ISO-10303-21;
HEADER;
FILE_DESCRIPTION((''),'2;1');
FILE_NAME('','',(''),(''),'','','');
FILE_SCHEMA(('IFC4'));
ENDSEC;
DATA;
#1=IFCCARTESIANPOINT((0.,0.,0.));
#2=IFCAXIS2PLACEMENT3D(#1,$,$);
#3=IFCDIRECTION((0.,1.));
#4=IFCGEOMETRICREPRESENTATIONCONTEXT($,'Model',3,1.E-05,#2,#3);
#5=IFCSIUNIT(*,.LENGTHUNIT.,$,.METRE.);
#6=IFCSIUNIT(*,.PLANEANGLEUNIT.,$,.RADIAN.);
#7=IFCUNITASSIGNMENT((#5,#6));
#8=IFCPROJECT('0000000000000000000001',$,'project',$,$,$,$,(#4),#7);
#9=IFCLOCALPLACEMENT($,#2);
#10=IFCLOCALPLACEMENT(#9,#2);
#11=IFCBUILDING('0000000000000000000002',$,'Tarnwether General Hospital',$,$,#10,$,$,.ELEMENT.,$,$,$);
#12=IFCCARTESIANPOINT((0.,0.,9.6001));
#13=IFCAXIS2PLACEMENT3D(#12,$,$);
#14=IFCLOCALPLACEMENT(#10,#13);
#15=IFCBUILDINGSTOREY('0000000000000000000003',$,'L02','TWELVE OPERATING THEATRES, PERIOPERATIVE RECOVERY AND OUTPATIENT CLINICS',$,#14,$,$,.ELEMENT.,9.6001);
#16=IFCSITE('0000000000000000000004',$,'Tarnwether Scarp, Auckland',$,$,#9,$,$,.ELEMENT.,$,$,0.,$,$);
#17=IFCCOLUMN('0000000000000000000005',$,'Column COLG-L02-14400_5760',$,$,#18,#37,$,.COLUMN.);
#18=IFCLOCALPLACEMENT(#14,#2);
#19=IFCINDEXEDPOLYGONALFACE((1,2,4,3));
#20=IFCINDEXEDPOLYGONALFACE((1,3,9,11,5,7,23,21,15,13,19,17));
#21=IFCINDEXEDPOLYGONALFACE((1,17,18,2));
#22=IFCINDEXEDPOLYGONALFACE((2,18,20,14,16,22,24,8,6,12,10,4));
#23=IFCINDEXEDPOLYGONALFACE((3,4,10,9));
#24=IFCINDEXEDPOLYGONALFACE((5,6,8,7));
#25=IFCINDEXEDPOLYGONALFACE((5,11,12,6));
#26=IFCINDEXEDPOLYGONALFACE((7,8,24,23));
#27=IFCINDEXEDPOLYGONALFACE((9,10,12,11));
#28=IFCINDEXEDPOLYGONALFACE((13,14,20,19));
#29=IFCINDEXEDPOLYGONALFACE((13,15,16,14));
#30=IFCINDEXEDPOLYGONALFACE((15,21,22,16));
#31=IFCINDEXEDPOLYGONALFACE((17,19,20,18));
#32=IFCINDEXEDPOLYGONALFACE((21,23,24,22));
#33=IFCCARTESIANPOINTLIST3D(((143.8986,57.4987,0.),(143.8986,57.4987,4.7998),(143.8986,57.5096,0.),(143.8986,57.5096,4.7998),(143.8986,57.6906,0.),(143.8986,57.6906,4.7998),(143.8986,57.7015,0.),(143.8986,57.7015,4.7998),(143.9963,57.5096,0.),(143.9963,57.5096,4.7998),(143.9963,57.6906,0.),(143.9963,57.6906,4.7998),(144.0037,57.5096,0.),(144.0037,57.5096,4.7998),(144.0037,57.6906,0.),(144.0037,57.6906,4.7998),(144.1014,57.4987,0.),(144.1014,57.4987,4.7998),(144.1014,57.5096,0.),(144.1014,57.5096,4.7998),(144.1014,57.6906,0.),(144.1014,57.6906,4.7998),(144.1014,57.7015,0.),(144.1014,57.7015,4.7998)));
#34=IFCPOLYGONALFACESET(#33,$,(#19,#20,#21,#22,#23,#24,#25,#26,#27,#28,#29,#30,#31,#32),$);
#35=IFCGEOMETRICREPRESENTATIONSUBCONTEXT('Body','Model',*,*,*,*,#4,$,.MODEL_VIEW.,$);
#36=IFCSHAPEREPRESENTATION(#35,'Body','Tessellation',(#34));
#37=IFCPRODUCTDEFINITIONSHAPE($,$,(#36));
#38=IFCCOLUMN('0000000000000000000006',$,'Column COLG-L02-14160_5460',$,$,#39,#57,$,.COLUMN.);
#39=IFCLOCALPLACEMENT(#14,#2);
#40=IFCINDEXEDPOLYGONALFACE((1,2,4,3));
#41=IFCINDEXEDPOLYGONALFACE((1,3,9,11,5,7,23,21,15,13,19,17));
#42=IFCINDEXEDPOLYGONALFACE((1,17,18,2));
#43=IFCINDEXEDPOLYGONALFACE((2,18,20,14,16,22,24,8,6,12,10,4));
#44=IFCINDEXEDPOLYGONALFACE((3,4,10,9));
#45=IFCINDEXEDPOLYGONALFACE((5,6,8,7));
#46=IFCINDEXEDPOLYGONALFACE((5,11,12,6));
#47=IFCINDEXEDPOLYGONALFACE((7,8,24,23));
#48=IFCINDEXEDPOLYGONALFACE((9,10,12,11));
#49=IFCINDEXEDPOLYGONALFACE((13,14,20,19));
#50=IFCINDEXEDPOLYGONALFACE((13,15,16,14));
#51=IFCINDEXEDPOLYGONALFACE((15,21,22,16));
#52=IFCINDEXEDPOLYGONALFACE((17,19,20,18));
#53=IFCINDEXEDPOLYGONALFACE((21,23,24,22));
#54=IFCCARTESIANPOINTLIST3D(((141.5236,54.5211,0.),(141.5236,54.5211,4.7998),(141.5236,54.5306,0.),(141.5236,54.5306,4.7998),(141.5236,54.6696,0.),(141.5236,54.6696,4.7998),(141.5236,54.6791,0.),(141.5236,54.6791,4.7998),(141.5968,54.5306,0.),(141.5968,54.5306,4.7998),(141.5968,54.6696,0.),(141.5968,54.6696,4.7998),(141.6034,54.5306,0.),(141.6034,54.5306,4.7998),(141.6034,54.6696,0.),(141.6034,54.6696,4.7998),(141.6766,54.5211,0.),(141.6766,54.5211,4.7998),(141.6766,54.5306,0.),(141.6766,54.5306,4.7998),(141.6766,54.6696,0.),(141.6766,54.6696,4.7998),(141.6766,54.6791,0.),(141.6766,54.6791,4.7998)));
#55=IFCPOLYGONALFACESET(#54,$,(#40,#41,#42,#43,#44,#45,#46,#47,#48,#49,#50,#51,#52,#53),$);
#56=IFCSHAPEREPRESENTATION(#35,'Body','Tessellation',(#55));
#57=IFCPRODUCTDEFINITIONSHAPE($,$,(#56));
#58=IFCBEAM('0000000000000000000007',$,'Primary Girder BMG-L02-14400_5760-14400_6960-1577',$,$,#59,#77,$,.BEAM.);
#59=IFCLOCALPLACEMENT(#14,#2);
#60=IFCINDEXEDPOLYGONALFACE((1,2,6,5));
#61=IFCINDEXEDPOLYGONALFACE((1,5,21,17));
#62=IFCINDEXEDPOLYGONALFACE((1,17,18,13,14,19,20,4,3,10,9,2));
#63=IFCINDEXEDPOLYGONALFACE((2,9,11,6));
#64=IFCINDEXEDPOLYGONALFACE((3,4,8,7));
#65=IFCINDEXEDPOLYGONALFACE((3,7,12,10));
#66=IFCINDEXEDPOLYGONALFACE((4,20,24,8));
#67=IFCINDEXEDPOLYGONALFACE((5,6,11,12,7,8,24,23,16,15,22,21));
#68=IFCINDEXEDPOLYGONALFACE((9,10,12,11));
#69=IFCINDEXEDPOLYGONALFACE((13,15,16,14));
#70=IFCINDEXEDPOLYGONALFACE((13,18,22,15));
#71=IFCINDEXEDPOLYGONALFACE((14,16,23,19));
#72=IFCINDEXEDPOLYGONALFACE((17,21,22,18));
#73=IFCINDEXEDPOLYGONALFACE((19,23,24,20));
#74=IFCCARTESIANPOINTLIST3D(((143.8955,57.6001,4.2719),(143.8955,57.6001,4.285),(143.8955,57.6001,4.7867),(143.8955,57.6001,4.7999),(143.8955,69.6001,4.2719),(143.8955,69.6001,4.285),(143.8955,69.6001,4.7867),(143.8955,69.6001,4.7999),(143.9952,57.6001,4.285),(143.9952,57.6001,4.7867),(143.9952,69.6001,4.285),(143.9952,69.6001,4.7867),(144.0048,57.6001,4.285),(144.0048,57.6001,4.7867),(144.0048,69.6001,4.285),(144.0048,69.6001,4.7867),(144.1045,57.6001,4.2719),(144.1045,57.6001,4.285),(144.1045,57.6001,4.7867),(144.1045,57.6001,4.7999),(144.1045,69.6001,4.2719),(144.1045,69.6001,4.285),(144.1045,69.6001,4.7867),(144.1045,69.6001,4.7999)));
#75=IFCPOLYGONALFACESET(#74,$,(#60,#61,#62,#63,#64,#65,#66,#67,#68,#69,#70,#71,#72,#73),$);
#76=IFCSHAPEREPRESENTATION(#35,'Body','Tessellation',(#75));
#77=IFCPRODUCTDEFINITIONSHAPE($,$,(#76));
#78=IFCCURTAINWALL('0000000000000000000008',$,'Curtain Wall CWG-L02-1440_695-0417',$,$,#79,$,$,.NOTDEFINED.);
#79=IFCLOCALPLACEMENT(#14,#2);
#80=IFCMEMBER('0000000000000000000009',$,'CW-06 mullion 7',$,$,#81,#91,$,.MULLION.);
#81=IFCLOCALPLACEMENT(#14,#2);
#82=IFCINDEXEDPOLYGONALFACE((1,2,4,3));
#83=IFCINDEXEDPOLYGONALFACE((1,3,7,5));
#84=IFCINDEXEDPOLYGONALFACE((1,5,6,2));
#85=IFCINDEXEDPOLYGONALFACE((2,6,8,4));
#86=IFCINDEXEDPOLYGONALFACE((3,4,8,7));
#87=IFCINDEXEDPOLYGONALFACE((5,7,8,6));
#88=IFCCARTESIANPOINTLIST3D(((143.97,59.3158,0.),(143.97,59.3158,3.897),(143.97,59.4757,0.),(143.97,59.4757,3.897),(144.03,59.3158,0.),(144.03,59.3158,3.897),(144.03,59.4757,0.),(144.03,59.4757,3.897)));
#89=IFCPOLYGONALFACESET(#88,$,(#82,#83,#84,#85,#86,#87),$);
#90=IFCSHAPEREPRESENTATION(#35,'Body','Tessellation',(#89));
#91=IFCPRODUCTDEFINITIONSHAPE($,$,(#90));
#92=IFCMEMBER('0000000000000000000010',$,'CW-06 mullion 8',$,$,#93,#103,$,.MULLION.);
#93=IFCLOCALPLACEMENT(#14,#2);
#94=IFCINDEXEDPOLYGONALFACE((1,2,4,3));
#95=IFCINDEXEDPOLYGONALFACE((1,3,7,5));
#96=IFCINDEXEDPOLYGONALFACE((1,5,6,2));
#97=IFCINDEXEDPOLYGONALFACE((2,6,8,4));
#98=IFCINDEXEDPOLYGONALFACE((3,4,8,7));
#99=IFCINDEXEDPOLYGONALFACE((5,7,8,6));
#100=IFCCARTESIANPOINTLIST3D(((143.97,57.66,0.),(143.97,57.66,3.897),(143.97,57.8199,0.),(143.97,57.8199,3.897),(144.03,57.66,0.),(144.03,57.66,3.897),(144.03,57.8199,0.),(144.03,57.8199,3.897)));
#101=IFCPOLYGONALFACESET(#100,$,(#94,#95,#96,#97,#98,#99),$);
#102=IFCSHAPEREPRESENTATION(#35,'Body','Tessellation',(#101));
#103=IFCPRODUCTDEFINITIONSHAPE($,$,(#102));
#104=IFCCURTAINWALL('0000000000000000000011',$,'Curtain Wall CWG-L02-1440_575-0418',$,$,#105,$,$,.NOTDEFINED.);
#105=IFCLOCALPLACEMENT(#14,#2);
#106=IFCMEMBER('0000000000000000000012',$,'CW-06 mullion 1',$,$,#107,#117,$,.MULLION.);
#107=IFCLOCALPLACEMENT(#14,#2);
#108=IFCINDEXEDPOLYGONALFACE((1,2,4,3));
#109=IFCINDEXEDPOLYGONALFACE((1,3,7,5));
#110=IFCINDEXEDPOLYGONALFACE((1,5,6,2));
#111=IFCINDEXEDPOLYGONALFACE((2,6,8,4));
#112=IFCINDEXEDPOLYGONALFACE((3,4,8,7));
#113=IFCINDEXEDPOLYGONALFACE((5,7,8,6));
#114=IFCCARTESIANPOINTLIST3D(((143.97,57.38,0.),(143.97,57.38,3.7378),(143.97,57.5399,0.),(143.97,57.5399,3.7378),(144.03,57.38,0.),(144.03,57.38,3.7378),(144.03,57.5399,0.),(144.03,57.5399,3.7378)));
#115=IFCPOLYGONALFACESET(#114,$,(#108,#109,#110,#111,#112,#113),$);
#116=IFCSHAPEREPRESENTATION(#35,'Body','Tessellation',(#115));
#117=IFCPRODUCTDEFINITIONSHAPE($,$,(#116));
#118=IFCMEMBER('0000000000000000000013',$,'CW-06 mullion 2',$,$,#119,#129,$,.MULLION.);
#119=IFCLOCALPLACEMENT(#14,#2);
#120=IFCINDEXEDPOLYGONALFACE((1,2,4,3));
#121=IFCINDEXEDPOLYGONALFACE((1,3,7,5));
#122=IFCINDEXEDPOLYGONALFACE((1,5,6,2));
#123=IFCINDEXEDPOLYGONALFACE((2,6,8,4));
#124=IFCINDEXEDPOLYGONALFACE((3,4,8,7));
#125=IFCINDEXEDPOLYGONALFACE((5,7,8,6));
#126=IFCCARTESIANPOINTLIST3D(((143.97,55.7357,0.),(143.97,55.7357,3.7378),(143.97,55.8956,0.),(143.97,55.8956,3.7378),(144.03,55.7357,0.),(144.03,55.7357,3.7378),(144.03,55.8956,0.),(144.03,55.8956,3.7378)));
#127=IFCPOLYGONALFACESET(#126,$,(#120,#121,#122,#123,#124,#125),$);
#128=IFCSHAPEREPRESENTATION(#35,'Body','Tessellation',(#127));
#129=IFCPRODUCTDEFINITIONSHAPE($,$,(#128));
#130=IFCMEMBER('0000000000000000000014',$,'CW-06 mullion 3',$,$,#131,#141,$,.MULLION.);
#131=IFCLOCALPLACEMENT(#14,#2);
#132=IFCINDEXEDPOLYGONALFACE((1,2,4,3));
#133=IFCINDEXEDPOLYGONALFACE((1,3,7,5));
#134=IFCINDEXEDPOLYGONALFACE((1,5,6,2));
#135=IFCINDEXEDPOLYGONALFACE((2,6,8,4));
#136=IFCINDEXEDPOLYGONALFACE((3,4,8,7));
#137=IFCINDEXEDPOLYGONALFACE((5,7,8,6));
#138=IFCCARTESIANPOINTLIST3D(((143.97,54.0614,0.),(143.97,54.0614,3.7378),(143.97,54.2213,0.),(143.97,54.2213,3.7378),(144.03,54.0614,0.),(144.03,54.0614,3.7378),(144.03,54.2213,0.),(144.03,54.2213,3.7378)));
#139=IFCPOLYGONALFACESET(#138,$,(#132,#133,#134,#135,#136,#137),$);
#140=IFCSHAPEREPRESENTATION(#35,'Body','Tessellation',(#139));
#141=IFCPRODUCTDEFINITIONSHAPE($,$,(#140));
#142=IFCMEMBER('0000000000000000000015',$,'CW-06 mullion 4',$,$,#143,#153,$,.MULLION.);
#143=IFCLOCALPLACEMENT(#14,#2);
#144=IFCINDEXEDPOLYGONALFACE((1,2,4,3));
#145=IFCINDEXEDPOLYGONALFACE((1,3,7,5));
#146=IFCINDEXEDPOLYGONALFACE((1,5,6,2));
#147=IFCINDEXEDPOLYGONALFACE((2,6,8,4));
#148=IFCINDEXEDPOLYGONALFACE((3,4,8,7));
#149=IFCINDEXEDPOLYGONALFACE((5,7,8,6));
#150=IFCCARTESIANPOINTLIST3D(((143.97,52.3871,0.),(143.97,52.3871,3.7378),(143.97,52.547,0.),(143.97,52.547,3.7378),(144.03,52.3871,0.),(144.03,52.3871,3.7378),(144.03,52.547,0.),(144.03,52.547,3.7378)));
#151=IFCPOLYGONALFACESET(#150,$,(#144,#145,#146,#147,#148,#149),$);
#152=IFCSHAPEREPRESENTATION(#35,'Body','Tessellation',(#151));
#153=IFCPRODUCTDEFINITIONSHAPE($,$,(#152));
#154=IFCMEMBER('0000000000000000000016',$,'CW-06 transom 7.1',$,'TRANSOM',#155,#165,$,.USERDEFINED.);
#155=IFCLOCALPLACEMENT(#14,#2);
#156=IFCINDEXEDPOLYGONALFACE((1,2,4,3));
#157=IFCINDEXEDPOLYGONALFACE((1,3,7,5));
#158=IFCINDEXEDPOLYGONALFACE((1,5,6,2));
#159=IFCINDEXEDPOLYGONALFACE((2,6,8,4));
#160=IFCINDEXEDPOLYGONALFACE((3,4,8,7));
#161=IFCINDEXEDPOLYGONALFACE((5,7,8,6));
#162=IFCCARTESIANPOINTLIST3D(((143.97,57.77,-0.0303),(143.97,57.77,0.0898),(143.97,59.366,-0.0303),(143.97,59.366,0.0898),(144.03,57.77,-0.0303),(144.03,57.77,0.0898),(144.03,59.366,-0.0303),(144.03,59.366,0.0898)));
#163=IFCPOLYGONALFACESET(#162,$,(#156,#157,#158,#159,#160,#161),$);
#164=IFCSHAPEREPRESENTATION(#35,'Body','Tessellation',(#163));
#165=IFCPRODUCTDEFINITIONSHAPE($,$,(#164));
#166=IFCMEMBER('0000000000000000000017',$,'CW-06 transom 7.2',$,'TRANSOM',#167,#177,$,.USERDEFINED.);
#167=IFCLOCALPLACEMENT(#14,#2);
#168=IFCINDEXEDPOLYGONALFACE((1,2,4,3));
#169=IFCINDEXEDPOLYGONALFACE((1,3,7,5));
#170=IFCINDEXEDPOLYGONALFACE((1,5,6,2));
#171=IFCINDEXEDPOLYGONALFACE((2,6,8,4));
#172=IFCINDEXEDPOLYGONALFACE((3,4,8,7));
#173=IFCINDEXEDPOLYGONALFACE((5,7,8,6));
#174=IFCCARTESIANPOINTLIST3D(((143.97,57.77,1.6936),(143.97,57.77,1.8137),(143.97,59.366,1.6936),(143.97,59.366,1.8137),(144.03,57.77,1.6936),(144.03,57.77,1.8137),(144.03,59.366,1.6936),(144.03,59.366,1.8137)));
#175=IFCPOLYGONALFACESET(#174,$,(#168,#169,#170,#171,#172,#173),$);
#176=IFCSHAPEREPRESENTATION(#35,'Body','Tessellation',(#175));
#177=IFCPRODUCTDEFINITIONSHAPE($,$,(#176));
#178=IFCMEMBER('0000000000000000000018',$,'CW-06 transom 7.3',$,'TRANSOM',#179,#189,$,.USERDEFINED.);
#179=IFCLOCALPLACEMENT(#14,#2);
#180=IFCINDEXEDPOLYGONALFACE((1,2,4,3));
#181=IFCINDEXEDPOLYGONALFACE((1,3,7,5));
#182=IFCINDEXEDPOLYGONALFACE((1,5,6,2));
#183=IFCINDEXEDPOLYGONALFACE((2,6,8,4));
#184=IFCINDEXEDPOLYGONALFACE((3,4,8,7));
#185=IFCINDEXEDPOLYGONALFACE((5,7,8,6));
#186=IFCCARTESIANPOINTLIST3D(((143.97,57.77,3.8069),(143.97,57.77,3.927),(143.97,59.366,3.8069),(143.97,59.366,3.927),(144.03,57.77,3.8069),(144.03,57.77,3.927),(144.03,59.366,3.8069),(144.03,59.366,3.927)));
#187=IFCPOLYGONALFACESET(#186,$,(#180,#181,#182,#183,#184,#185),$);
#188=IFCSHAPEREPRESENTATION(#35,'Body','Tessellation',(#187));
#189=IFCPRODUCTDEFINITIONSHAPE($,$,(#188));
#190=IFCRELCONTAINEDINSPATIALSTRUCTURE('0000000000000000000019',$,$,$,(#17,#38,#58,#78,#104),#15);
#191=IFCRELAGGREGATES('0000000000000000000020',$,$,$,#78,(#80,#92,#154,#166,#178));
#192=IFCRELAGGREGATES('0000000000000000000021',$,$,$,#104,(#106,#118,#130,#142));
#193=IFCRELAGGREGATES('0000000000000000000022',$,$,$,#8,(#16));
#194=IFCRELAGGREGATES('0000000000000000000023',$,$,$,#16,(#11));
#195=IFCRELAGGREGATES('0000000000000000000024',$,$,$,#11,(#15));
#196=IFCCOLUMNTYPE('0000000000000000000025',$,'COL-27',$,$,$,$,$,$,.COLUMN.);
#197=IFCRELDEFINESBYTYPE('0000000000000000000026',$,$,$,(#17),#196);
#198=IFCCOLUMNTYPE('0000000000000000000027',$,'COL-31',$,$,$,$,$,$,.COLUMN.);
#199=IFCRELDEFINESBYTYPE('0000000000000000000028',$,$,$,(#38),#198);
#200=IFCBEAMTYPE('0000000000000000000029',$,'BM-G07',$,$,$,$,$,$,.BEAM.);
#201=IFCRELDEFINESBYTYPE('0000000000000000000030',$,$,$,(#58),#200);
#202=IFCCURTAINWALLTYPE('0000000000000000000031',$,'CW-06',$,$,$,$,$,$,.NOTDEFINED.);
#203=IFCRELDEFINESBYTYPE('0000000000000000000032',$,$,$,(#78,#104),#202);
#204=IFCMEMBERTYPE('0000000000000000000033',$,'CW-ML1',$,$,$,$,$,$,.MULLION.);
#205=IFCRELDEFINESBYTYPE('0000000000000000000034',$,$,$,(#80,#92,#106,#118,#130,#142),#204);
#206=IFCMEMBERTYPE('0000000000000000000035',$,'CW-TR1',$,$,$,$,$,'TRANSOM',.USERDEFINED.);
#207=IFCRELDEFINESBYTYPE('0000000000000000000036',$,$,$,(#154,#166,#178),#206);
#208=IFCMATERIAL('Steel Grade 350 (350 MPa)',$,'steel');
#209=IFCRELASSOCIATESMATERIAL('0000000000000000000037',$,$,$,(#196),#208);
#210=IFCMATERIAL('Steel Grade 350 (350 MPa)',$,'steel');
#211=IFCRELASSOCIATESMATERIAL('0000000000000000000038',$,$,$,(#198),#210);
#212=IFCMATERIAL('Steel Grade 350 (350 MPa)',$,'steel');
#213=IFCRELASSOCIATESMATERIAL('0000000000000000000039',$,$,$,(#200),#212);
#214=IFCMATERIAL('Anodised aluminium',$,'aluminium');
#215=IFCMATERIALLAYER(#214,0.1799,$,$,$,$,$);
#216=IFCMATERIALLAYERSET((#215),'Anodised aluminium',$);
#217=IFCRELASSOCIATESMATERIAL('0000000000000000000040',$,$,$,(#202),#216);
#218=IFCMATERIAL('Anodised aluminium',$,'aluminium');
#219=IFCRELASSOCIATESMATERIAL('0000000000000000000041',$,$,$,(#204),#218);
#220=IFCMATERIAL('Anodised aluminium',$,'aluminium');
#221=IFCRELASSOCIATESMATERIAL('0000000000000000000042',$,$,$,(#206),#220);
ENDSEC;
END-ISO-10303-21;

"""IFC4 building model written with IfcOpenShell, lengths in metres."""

from ifc_helpers import new_model, si_unit, direction, frame, origin, origin_2d, place, context, subcontext, project, spatial, rectangle, i_section, extrude, material, layer, layer_set, material_profile, profile_set, type_object, element, aggregate, save


model = new_model("IFC4")

# Units and contexts
model_context = context("Model", 3, precision=1e-05, world=origin(), true_north=direction((0.0, 1.0)))
body_context = subcontext(model_context, "Body", "Model", "MODEL_VIEW")
ifc_project = project(units=[si_unit("LENGTHUNIT", "METRE"), si_unit("PLANEANGLEUNIT", "RADIAN")], contexts=[model_context])

# Site, building, storey
site_placement = place(None, origin())
site = spatial("IfcSite", under=ifc_project, at=site_placement, Name="Tarnwether Scarp, Auckland", CompositionType="ELEMENT", RefElevation=0.0)
building_placement = place(site_placement, origin())
building = spatial("IfcBuilding", under=site, at=building_placement, Name="Tarnwether General Hospital", CompositionType="ELEMENT")
storey_placement = place(building_placement, frame((0.0, 0.0, 9.6001)))
storey = spatial("IfcBuildingStorey", under=building, at=storey_placement, Name="L02", Description="TWELVE OPERATING THEATRES, PERIOPERATIVE RECOVERY AND OUTPATIENT CLINICS", CompositionType="ELEMENT", Elevation=9.6001)

# Columns
ifc_material_1 = material(Name="Steel Grade 350 (350 MPa)", Category="steel")
ifc_material_profile_1 = material_profile(ifc_material_1, i_section(OverallWidth=0.2029, OverallDepth=0.2029, WebThickness=0.0073, FlangeThickness=0.011, at=origin_2d()), Name="200UC46.2")
ifc_profile_set_1 = profile_set([ifc_material_profile_1], Name="Steel Grade 350 (350 MPa)")
column_type_1 = type_object("IfcColumnType", Name="COL-27", PredefinedType="COLUMN", material=ifc_profile_set_1)
column_1_placement = place(storey_placement, frame((144.0, 57.6001, 0.0), z_axis=(0.0, 0.0, 1.0), x_axis=(1.0, 0.0, 0.0)))
element("IfcColumn", 1, at=column_1_placement, inside=storey, type_object=column_type_1, Name="Column COLG-L02-14400_5760", PredefinedType="COLUMN", context=body_context, shape_type="SweptSolid", body=[
    extrude(i_section(OverallWidth=0.2029, OverallDepth=0.2029, WebThickness=0.0073, FlangeThickness=0.011, at=origin_2d()), origin(), (0.0, 0.0, 1.0), 4.7998),
])
ifc_material_2 = material(Name="Steel Grade 350 (350 MPa)", Category="steel")
ifc_material_profile_2 = material_profile(ifc_material_2, i_section(OverallWidth=0.1531, OverallDepth=0.158, WebThickness=0.0066, FlangeThickness=0.0095, at=origin_2d()), Name="150UC30.0")
ifc_profile_set_2 = profile_set([ifc_material_profile_2], Name="Steel Grade 350 (350 MPa)")
column_type_2 = type_object("IfcColumnType", Name="COL-31", PredefinedType="COLUMN", material=ifc_profile_set_2)
column_2_placement = place(storey_placement, frame((141.6001, 54.6001, 0.0), z_axis=(0.0, 0.0, 1.0), x_axis=(1.0, 0.0, 0.0)))
element("IfcColumn", 2, at=column_2_placement, inside=storey, type_object=column_type_2, Name="Column COLG-L02-14160_5460", PredefinedType="COLUMN", context=body_context, shape_type="SweptSolid", body=[
    extrude(i_section(OverallWidth=0.1531, OverallDepth=0.158, WebThickness=0.0066, FlangeThickness=0.0095, at=origin_2d()), origin(), (0.0, 0.0, 1.0), 4.7998),
])

# Beam
ifc_material_3 = material(Name="Steel Grade 350 (350 MPa)", Category="steel")
ifc_material_profile_3 = material_profile(ifc_material_3, i_section(OverallWidth=0.209, OverallDepth=0.5281, WebThickness=0.0095, FlangeThickness=0.0132, at=origin_2d()), Name="530UB82.0")
ifc_profile_set_3 = profile_set([ifc_material_profile_3], Name="Steel Grade 350 (350 MPa)")
beam_type = type_object("IfcBeamType", Name="BM-G07", PredefinedType="BEAM", material=ifc_profile_set_3)
beam_placement = place(storey_placement, frame((144.0, 57.6001, 4.5359), z_axis=(0.0, 1.0, 0.0), x_axis=(-1.0, 0.0, 0.0)))
element("IfcBeam", 3, at=beam_placement, inside=storey, type_object=beam_type, Name="Primary Girder BMG-L02-14400_5760-14400_6960-1577", PredefinedType="BEAM", context=body_context, shape_type="SweptSolid", body=[
    extrude(i_section(OverallWidth=0.209, OverallDepth=0.5281, WebThickness=0.0095, FlangeThickness=0.0132, at=origin_2d()), origin(), (0.0, 0.0, 1.0), 12.0),
])

# Curtain walls, members
ifc_material_4 = material(Name="Anodised aluminium", Category="aluminium")
ifc_layer_1 = layer(ifc_material_4, 0.1799)
ifc_layer_set_1 = layer_set([ifc_layer_1], Name="Anodised aluminium")
curtain_wall_type = type_object("IfcCurtainWallType", Name="CW-06", PredefinedType="NOTDEFINED", material=ifc_layer_set_1)
curtain_wall_1_placement = place(storey_placement, origin())
curtain_wall_1 = element("IfcCurtainWall", 4, at=curtain_wall_1_placement, inside=storey, type_object=curtain_wall_type, Name="Curtain Wall CWG-L02-1440_695-0417", PredefinedType="NOTDEFINED")
ifc_material_5 = material(Name="Anodised aluminium", Category="aluminium")
ifc_material_profile_4 = material_profile(ifc_material_5, rectangle(XDim=0.0601, YDim=0.1599, at=origin_2d()), Name="ALU-MUL-60x160")
ifc_profile_set_4 = profile_set([ifc_material_profile_4], Name="Anodised aluminium")
member_type_1 = type_object("IfcMemberType", Name="CW-ML1", PredefinedType="MULLION", material=ifc_profile_set_4)
member_1_placement = place(storey_placement, frame((144.0, 59.3958, 0.0), z_axis=(0.0, 0.0, 1.0), x_axis=(1.0, 0.0, 0.0)))
member_1 = element("IfcMember", 5, at=member_1_placement, type_object=member_type_1, Name="CW-06 mullion 7", PredefinedType="MULLION", context=body_context, shape_type="SweptSolid", body=[
    extrude(rectangle(XDim=0.0601, YDim=0.1599, at=origin_2d()), origin(), (0.0, 0.0, 1.0), 3.897),
])
member_2_placement = place(storey_placement, frame((144.0, 57.74, 0.0), z_axis=(0.0, 0.0, 1.0), x_axis=(1.0, 0.0, 0.0)))
member_2 = element("IfcMember", 6, at=member_2_placement, type_object=member_type_1, Name="CW-06 mullion 8", PredefinedType="MULLION", context=body_context, shape_type="SweptSolid", body=[
    extrude(rectangle(XDim=0.0601, YDim=0.1599, at=origin_2d()), origin(), (0.0, 0.0, 1.0), 3.897),
])
curtain_wall_2_placement = place(storey_placement, origin())
curtain_wall_2 = element("IfcCurtainWall", 7, at=curtain_wall_2_placement, inside=storey, type_object=curtain_wall_type, Name="Curtain Wall CWG-L02-1440_575-0418", PredefinedType="NOTDEFINED")
member_3_placement = place(storey_placement, frame((144.0, 57.46, 0.0), z_axis=(0.0, 0.0, 1.0), x_axis=(1.0, 0.0, 0.0)))
member_3 = element("IfcMember", 8, at=member_3_placement, type_object=member_type_1, Name="CW-06 mullion 1", PredefinedType="MULLION", context=body_context, shape_type="SweptSolid", body=[
    extrude(rectangle(XDim=0.0601, YDim=0.1599, at=origin_2d()), origin(), (0.0, 0.0, 1.0), 3.7378),
])
member_4_placement = place(storey_placement, frame((144.0, 55.8157, 0.0), z_axis=(0.0, 0.0, 1.0), x_axis=(1.0, 0.0, 0.0)))
member_4 = element("IfcMember", 9, at=member_4_placement, type_object=member_type_1, Name="CW-06 mullion 2", PredefinedType="MULLION", context=body_context, shape_type="SweptSolid", body=[
    extrude(rectangle(XDim=0.0601, YDim=0.1599, at=origin_2d()), origin(), (0.0, 0.0, 1.0), 3.7378),
])
member_5_placement = place(storey_placement, frame((144.0, 54.1414, 0.0), z_axis=(0.0, 0.0, 1.0), x_axis=(1.0, 0.0, 0.0)))
member_5 = element("IfcMember", 10, at=member_5_placement, type_object=member_type_1, Name="CW-06 mullion 3", PredefinedType="MULLION", context=body_context, shape_type="SweptSolid", body=[
    extrude(rectangle(XDim=0.0601, YDim=0.1599, at=origin_2d()), origin(), (0.0, 0.0, 1.0), 3.7378),
])
member_6_placement = place(storey_placement, frame((144.0, 52.467, 0.0), z_axis=(0.0, 0.0, 1.0), x_axis=(1.0, 0.0, 0.0)))
member_6 = element("IfcMember", 11, at=member_6_placement, type_object=member_type_1, Name="CW-06 mullion 4", PredefinedType="MULLION", context=body_context, shape_type="SweptSolid", body=[
    extrude(rectangle(XDim=0.0601, YDim=0.1599, at=origin_2d()), origin(), (0.0, 0.0, 1.0), 3.7378),
])

# Members
ifc_material_6 = material(Name="Anodised aluminium", Category="aluminium")
ifc_material_profile_5 = material_profile(ifc_material_6, rectangle(XDim=0.0601, YDim=0.1201, at=origin_2d()), Name="ALU-TRN-60x120")
ifc_profile_set_5 = profile_set([ifc_material_profile_5], Name="Anodised aluminium")
member_type_2 = type_object("IfcMemberType", Name="CW-TR1", ElementType="TRANSOM", PredefinedType="USERDEFINED", material=ifc_profile_set_5)
member_7_placement = place(storey_placement, frame((144.0, 59.366, 0.0298), z_axis=(0.0, -1.0, 0.0), x_axis=(1.0, 0.0, 0.0)))
member_7 = element("IfcMember", 12, at=member_7_placement, type_object=member_type_2, Name="CW-06 transom 7.1", ObjectType="TRANSOM", PredefinedType="USERDEFINED", context=body_context, shape_type="SweptSolid", body=[
    extrude(rectangle(XDim=0.0601, YDim=0.1201, at=origin_2d()), origin(), (0.0, 0.0, 1.0), 1.5959),
])
member_8_placement = place(storey_placement, frame((144.0, 59.366, 1.7537), z_axis=(0.0, -1.0, 0.0), x_axis=(1.0, 0.0, 0.0)))
member_8 = element("IfcMember", 13, at=member_8_placement, type_object=member_type_2, Name="CW-06 transom 7.2", ObjectType="TRANSOM", PredefinedType="USERDEFINED", context=body_context, shape_type="SweptSolid", body=[
    extrude(rectangle(XDim=0.0601, YDim=0.1201, at=origin_2d()), origin(), (0.0, 0.0, 1.0), 1.5959),
])
member_9_placement = place(storey_placement, frame((144.0, 59.366, 3.8669), z_axis=(0.0, -1.0, 0.0), x_axis=(1.0, 0.0, 0.0)))
member_9 = element("IfcMember", 14, at=member_9_placement, type_object=member_type_2, Name="CW-06 transom 7.3", ObjectType="TRANSOM", PredefinedType="USERDEFINED", context=body_context, shape_type="SweptSolid", body=[
    extrude(rectangle(XDim=0.0601, YDim=0.1201, at=origin_2d()), origin(), (0.0, 0.0, 1.0), 1.5959),
])

aggregate(curtain_wall_1, [member_1, member_2, member_7, member_8, member_9])
aggregate(curtain_wall_2, [member_3, member_4, member_5, member_6])

save(model, "model.ifc")
